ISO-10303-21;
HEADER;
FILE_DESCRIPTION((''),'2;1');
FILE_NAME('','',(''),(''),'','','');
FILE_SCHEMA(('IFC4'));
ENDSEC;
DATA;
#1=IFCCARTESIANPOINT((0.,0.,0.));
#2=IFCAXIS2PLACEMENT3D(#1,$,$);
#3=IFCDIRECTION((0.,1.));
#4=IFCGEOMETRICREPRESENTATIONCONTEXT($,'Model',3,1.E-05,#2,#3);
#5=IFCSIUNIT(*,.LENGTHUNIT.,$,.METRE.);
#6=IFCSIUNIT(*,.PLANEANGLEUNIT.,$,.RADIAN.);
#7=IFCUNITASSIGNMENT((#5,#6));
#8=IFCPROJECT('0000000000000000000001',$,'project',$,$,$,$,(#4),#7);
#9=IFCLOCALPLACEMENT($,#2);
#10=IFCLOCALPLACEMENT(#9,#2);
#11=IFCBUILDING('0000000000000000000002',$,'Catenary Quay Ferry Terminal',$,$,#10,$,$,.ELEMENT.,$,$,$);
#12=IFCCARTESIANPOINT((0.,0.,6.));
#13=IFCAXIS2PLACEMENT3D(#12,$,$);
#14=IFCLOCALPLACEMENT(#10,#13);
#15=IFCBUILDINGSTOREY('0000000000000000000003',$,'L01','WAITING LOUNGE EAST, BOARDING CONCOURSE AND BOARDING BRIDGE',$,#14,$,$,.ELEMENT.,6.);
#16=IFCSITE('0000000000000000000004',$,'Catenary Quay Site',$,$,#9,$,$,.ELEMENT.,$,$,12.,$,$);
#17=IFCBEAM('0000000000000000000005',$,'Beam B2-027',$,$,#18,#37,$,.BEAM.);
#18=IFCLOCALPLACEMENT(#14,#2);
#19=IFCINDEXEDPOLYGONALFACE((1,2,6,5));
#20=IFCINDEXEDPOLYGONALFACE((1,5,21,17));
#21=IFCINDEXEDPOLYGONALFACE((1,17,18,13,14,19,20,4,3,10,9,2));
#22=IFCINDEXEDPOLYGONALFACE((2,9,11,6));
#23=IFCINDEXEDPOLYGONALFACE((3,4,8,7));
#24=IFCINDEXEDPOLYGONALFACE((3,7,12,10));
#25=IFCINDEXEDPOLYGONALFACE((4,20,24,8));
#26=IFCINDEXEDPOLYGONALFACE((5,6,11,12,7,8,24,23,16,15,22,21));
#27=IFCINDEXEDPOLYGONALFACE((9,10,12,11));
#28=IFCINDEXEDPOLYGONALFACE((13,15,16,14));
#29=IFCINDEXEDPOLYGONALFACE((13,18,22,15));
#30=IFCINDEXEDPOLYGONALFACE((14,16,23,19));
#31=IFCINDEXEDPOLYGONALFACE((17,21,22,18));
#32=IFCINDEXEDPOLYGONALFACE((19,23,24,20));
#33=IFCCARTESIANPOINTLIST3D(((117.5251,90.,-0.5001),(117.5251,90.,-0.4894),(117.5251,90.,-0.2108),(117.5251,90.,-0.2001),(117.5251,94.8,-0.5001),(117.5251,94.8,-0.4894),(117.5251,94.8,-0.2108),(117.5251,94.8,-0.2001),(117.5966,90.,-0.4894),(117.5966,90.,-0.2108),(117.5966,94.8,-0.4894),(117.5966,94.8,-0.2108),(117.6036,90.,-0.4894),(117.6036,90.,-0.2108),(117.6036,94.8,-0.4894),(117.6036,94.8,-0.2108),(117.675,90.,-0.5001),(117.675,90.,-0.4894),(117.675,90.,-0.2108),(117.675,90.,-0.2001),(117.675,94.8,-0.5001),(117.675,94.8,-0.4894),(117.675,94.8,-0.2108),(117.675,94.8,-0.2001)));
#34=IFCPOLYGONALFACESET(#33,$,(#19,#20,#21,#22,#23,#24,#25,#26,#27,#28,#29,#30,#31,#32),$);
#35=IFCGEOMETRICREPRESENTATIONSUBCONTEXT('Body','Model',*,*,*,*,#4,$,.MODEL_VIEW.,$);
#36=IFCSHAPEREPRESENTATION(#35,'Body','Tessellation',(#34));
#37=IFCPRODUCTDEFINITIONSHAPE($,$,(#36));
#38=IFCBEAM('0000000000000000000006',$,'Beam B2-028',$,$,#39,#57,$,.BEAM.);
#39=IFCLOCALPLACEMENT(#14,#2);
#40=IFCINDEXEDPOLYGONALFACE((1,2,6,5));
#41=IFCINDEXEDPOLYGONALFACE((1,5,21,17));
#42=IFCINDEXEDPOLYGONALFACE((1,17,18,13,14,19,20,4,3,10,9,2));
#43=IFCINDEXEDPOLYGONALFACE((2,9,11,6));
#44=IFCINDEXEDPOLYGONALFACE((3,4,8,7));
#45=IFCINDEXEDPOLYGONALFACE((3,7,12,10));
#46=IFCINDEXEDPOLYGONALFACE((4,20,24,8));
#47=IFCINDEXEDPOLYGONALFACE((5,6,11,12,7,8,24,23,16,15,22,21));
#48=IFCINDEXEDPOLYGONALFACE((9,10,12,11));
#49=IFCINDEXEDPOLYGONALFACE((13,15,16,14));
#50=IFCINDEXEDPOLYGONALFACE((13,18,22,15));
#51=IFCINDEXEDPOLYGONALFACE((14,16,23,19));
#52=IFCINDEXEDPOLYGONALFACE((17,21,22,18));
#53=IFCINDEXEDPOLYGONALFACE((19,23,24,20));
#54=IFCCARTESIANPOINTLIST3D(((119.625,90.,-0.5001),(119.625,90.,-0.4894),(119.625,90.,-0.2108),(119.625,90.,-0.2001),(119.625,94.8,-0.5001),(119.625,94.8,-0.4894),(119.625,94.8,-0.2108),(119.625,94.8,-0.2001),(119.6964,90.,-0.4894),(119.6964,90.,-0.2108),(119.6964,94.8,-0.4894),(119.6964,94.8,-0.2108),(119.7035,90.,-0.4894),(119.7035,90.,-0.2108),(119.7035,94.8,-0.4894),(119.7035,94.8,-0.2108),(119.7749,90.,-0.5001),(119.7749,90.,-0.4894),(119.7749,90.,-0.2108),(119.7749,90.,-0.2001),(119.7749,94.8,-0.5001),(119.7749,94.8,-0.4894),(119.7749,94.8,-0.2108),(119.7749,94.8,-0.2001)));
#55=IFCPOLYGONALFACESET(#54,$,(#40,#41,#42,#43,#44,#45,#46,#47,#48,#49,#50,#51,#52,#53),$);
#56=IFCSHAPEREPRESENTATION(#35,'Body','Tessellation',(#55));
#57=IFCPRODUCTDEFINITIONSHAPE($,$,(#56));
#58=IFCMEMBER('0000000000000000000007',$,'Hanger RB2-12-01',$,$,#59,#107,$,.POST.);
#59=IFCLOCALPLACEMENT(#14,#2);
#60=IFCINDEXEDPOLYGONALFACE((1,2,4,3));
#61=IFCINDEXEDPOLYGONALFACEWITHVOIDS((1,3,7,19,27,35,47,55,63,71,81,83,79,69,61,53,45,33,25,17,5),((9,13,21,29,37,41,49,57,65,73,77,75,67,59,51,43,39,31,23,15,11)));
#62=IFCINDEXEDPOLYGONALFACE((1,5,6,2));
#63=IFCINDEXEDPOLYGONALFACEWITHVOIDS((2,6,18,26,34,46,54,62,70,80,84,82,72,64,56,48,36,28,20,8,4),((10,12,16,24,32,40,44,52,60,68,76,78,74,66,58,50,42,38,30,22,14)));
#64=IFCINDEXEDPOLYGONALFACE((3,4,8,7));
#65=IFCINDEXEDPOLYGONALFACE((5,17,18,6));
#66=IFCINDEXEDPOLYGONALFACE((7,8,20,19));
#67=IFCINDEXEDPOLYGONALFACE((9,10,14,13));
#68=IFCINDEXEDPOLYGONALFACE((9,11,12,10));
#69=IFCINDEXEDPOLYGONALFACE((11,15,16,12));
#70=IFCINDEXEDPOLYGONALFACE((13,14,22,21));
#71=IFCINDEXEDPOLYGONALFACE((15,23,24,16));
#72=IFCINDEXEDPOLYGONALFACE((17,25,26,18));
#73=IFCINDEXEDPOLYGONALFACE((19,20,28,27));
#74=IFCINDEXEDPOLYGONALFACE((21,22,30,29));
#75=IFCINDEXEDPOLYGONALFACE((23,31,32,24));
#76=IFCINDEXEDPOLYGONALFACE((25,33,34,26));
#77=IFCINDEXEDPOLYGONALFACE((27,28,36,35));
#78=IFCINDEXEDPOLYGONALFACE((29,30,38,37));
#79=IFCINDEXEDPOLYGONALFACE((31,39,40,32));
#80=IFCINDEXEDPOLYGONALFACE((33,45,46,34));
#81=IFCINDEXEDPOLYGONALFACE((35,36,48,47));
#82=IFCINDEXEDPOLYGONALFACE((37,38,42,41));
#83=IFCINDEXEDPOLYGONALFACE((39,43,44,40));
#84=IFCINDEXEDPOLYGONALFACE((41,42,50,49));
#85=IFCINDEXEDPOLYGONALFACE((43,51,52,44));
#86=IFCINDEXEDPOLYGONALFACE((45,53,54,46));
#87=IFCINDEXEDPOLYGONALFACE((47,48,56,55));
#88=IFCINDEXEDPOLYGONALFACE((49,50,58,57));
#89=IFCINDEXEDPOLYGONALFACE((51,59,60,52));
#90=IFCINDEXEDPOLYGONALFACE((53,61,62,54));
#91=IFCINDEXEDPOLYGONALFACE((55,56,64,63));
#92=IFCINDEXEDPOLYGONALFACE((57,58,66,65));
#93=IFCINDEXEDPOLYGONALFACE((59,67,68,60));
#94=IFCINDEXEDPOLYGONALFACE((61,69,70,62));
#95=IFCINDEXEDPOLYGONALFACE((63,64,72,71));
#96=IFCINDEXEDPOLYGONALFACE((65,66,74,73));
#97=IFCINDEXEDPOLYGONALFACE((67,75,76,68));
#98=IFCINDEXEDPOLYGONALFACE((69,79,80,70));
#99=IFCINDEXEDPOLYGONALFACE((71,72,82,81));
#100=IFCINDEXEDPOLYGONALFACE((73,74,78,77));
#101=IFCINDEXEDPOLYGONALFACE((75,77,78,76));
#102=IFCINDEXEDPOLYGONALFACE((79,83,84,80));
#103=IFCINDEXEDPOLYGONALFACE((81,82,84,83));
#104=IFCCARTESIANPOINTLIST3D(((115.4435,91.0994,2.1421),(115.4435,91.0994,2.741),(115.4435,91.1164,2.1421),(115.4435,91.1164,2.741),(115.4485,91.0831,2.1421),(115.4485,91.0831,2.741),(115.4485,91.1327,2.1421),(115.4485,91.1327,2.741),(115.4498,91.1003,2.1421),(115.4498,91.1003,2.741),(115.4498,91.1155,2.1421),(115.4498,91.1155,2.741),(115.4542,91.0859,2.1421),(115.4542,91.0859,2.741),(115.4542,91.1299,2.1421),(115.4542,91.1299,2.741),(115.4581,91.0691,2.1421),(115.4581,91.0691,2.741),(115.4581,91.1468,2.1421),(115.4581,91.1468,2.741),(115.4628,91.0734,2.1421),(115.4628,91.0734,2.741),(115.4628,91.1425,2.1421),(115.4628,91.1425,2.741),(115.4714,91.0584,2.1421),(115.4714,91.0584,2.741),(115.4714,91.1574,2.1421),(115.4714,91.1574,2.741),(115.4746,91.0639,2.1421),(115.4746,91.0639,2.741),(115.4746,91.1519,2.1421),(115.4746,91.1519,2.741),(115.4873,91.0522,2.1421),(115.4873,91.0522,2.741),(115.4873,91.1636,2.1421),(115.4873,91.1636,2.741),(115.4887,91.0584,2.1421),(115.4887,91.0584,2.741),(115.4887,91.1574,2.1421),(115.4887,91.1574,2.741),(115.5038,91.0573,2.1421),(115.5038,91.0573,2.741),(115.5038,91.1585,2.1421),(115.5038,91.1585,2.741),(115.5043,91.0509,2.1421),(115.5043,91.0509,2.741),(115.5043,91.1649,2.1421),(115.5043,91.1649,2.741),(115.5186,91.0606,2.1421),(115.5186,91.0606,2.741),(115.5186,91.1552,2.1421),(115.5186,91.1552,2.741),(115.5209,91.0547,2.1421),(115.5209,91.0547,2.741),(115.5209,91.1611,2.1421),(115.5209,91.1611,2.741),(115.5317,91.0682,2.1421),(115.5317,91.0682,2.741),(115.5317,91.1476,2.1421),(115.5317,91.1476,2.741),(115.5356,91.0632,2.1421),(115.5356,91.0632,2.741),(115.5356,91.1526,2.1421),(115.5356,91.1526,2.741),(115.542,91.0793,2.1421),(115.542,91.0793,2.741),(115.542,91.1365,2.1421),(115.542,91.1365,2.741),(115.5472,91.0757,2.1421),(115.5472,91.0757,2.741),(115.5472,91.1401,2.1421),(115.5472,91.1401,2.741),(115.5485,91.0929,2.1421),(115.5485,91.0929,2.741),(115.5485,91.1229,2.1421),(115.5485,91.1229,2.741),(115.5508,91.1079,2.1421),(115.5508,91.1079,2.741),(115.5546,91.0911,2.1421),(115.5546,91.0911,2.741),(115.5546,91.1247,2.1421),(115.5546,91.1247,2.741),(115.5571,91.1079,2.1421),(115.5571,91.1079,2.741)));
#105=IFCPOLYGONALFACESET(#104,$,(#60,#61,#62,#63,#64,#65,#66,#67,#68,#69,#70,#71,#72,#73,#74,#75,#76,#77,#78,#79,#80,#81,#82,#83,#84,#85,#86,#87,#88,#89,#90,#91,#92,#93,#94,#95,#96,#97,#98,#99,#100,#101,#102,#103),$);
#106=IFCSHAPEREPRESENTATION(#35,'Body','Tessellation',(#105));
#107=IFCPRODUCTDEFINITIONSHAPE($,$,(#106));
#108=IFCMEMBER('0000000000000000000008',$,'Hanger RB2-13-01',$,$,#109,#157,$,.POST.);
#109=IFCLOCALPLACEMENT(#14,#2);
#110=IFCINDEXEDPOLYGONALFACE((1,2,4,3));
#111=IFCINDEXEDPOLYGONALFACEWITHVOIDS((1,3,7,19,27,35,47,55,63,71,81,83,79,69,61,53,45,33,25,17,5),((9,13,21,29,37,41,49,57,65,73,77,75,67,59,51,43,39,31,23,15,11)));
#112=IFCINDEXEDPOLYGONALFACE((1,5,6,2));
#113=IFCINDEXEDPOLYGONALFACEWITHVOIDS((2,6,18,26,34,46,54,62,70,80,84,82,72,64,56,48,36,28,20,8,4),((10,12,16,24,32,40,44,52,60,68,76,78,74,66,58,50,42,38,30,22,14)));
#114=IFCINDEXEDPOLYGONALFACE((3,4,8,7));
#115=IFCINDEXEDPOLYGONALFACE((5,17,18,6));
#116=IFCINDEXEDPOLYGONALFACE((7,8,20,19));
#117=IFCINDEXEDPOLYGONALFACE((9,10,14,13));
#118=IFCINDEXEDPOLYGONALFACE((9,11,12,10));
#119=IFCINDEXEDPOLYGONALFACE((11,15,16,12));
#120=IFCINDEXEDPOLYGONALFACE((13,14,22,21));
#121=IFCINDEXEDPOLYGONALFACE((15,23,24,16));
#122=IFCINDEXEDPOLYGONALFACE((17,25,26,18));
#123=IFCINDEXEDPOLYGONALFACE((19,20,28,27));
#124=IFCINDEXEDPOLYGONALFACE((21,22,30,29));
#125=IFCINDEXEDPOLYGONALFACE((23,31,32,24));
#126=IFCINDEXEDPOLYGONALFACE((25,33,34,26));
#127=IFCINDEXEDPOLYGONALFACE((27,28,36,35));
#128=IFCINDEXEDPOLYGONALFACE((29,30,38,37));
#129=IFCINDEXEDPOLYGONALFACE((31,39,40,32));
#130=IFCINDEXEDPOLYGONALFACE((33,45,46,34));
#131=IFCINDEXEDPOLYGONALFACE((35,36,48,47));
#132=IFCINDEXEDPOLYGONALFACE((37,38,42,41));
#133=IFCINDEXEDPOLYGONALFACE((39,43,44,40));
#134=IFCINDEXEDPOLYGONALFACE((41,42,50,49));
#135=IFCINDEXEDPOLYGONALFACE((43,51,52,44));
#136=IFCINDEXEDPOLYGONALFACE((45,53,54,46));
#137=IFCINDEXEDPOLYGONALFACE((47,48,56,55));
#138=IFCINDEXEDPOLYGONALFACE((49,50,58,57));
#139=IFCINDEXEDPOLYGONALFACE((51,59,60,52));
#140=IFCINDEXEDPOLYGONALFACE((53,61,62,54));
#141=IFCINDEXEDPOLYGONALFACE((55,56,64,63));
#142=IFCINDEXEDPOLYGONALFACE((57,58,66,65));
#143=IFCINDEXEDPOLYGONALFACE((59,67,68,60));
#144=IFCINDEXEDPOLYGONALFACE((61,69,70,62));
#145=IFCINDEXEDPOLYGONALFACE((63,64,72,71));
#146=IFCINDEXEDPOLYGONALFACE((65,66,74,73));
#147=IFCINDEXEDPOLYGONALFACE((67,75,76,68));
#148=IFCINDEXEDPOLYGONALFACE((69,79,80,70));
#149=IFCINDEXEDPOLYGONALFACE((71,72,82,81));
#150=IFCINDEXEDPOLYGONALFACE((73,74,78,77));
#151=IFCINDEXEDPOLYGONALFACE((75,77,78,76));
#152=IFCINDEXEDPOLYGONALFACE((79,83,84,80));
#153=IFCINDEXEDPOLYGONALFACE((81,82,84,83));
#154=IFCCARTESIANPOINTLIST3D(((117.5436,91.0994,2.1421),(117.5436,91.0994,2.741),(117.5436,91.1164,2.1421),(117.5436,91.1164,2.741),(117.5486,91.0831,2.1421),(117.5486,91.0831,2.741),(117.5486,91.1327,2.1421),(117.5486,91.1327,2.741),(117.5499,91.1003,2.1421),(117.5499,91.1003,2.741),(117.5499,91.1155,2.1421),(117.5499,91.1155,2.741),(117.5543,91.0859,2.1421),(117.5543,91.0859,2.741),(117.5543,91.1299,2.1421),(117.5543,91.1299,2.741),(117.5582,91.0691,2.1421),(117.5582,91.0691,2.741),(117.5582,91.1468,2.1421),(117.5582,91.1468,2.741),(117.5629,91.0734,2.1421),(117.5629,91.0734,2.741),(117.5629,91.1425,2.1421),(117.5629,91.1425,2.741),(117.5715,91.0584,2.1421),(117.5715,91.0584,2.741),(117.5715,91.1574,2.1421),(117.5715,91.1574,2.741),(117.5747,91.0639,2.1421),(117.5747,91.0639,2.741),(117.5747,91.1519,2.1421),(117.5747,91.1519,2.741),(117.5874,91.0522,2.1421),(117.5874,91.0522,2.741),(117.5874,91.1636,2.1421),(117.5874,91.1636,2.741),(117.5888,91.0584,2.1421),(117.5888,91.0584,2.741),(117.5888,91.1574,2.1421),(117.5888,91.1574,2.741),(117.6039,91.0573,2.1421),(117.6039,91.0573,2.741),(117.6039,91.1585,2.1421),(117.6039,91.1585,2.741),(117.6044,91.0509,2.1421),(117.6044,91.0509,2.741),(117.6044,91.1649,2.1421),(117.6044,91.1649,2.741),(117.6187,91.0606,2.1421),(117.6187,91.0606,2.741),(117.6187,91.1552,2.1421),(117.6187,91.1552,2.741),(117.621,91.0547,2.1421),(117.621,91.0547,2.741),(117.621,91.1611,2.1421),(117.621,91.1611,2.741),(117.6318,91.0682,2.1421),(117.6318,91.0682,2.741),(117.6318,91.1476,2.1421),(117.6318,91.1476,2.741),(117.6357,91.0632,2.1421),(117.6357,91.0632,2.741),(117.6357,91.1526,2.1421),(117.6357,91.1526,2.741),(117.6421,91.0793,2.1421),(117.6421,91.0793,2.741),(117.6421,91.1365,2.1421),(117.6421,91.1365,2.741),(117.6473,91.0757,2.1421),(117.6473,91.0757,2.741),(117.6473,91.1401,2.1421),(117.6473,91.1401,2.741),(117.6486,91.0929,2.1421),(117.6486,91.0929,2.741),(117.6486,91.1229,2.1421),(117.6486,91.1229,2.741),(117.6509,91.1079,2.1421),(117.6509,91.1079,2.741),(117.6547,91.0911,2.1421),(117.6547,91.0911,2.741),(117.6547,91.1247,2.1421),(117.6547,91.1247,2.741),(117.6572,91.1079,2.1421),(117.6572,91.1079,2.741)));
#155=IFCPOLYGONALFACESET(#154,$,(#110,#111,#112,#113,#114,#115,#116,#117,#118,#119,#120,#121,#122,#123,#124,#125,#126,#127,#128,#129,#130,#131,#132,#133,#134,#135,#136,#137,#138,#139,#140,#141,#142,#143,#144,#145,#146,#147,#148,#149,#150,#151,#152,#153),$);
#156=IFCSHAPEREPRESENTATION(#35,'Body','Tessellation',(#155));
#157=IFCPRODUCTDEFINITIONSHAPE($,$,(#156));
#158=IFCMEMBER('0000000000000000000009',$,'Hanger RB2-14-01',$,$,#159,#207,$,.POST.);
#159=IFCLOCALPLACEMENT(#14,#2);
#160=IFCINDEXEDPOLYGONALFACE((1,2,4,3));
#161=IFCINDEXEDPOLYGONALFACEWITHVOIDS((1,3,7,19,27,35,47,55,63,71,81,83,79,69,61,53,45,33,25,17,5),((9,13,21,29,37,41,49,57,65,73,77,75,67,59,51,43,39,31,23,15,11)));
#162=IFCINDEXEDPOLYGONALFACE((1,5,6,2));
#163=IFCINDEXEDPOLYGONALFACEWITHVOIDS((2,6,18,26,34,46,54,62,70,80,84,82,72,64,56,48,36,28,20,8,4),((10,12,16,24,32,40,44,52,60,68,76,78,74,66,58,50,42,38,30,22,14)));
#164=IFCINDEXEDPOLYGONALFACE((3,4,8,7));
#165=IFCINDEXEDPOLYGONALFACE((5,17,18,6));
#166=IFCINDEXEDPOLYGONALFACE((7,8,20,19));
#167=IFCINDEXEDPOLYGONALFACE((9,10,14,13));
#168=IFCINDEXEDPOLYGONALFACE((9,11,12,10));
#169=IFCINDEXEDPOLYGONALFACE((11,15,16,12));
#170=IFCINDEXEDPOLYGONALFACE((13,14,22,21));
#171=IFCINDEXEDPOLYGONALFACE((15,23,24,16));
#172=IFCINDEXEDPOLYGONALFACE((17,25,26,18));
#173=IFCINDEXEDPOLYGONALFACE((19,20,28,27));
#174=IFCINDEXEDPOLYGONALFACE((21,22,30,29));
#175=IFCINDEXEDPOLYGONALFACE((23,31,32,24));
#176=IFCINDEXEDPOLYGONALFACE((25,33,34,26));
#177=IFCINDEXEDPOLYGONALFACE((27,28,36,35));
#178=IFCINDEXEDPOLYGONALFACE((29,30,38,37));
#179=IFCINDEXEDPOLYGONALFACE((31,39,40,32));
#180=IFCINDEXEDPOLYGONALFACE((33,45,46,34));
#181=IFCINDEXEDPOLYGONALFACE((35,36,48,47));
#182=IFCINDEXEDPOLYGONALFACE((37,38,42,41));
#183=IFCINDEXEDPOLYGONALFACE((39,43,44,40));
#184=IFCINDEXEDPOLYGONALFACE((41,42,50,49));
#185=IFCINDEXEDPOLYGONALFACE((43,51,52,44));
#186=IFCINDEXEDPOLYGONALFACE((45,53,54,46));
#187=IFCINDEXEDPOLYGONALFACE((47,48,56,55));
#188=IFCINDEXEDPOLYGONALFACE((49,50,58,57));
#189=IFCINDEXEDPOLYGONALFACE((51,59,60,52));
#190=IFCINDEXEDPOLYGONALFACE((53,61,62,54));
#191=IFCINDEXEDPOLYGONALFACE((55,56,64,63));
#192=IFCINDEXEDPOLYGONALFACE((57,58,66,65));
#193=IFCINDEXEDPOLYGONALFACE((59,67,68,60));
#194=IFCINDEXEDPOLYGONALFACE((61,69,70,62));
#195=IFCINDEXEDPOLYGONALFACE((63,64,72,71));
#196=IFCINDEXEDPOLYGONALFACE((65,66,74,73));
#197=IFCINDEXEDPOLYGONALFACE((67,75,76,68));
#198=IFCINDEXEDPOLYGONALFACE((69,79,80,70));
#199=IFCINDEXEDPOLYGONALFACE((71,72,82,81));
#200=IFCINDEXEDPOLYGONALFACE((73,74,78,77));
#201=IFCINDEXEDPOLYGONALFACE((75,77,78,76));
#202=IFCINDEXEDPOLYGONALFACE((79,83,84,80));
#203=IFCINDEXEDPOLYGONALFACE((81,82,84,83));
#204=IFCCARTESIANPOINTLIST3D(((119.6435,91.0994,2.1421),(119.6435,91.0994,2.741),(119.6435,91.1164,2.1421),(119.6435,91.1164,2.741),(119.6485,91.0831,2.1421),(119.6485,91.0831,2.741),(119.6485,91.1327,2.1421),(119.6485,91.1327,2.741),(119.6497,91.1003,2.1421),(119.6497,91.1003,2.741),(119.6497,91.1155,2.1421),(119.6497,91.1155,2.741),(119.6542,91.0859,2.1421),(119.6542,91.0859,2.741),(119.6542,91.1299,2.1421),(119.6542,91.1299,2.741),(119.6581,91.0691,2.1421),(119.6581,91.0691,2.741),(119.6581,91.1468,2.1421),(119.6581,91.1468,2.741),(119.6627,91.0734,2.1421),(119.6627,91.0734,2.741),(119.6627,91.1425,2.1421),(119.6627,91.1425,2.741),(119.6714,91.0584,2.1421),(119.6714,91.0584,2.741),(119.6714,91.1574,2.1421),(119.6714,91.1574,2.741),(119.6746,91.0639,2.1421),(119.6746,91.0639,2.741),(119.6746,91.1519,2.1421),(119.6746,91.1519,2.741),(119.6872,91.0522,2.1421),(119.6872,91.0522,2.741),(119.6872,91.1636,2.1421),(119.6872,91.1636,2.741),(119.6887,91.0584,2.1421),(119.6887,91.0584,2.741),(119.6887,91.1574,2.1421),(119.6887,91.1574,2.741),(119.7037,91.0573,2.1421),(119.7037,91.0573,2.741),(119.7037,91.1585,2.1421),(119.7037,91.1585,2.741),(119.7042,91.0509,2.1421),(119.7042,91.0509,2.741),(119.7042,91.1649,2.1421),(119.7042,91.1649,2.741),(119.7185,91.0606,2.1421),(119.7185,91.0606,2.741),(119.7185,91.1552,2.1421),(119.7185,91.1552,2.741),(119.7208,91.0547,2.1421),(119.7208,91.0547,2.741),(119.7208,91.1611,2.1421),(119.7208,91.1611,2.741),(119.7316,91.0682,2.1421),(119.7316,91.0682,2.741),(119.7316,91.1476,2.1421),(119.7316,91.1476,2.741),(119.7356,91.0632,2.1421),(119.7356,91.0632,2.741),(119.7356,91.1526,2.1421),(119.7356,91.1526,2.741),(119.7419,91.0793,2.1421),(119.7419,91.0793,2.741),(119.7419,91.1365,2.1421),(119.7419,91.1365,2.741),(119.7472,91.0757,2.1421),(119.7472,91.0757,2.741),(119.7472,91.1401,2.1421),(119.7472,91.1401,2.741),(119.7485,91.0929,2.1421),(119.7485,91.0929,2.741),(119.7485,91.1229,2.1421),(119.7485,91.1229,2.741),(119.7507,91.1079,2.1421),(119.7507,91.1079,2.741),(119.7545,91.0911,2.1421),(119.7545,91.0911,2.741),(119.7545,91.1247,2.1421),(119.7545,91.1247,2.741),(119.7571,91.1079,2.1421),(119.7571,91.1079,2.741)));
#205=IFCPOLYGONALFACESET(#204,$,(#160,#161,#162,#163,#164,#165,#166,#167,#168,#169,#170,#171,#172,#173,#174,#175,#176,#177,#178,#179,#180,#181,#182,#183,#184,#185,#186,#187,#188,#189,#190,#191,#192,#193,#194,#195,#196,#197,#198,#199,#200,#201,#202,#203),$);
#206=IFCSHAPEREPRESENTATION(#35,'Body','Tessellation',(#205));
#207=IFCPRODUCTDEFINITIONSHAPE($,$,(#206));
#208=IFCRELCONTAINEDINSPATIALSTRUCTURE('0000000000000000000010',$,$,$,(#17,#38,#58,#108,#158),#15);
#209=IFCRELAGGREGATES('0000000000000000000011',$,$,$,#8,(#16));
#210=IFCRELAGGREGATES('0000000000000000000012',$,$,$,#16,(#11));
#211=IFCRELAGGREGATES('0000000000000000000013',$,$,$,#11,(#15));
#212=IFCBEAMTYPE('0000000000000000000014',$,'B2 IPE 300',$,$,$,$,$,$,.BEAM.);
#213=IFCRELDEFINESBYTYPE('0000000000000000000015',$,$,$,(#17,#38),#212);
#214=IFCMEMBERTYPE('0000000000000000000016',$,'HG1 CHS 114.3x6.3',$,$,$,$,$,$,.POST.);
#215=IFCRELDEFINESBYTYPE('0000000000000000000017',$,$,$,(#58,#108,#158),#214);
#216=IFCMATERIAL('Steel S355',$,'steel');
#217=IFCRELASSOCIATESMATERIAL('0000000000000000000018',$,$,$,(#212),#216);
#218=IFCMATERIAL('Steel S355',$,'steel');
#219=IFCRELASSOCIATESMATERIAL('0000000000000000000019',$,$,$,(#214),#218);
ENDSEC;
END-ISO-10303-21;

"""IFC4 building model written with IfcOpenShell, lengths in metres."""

from ifc_helpers import new_model, si_unit, direction, frame, origin, origin_2d, place, context, subcontext, project, spatial, hollow_circle, i_section, extrude, material, material_profile, profile_set, type_object, element, save


model = new_model("IFC4")

# Units and contexts
model_context = context("Model", 3, precision=1e-05, world=origin(), true_north=direction((0.0, 1.0)))
body_context = subcontext(model_context, "Body", "Model", "MODEL_VIEW")
ifc_project = project(units=[si_unit("LENGTHUNIT", "METRE"), si_unit("PLANEANGLEUNIT", "RADIAN")], contexts=[model_context])

# Site, building, storey
site_placement = place(None, origin())
site = spatial("IfcSite", under=ifc_project, at=site_placement, Name="Catenary Quay Site", CompositionType="ELEMENT", RefElevation=12.0)
building_placement = place(site_placement, origin())
building = spatial("IfcBuilding", under=site, at=building_placement, Name="Catenary Quay Ferry Terminal", CompositionType="ELEMENT")
storey_placement = place(building_placement, frame((0.0, 0.0, 6.0)))
storey = spatial("IfcBuildingStorey", under=building, at=storey_placement, Name="L01", Description="WAITING LOUNGE EAST, BOARDING CONCOURSE AND BOARDING BRIDGE", CompositionType="ELEMENT", Elevation=6.0)

# Beams
ifc_material_1 = material(Name="Steel S355", Category="steel")
ifc_material_profile_1 = material_profile(ifc_material_1, i_section(OverallWidth=0.1499, OverallDepth=0.3, WebThickness=0.0071, FlangeThickness=0.0107, at=origin_2d()), Name="IPE 300")
ifc_profile_set_1 = profile_set([ifc_material_profile_1], Name="Steel S355")
beam_type_1 = type_object("IfcBeamType", Name="B2 IPE 300", PredefinedType="BEAM", material=ifc_profile_set_1)
for number, where, z_axis, x_axis, name in (
    (1, (117.6001, 90.0, -0.3501), (0.0, 1.0, 0.0), (-1.0, 0.0, 0.0), "Beam B2-027"),
    (2, (119.7, 90.0, -0.3501), (0.0, 1.0, 0.0), (-1.0, 0.0, 0.0), "Beam B2-028"),
):
    element("IfcBeam", number, at=place(storey_placement, frame(where, z_axis=z_axis, x_axis=x_axis)), inside=storey, type_object=beam_type_1, Name=name, PredefinedType="BEAM", context=body_context, shape_type="SweptSolid", body=[
        extrude(i_section(OverallWidth=0.1499, OverallDepth=0.3, WebThickness=0.0071, FlangeThickness=0.0107, at=origin_2d()), origin(), (0.0, 0.0, 1.0), 4.8),
    ])

# Members
ifc_material_2 = material(Name="Steel S355", Category="steel")
ifc_material_profile_2 = material_profile(ifc_material_2, hollow_circle(Radius=0.0571, WallThickness=0.0063, at=origin_2d()), Name="CHS 114.3x6.3")
ifc_profile_set_2 = profile_set([ifc_material_profile_2], Name="Steel S355")
member_type_1 = type_object("IfcMemberType", Name="HG1 CHS 114.3x6.3", PredefinedType="POST", material=ifc_profile_set_2)
for number, where, z_axis, x_axis, name in (
    (3, (115.5, 91.1079, 2.1421), (0.0, 0.0, 1.0), (1.0, 0.0, 0.0), "Hanger RB2-12-01"),
    (4, (117.6001, 91.1079, 2.1421), (0.0, 0.0, 1.0), (1.0, 0.0, 0.0), "Hanger RB2-13-01"),
    (5, (119.7, 91.1079, 2.1421), (0.0, 0.0, 1.0), (1.0, 0.0, 0.0), "Hanger RB2-14-01"),
):
    element("IfcMember", number, at=place(storey_placement, frame(where, z_axis=z_axis, x_axis=x_axis)), inside=storey, type_object=member_type_1, Name=name, PredefinedType="POST", context=body_context, shape_type="SweptSolid", body=[
        extrude(hollow_circle(Radius=0.0571, WallThickness=0.0063, at=origin_2d()), origin(), (0.0, 0.0, 1.0), 0.5989),
    ])

save(model, "model.ifc")
